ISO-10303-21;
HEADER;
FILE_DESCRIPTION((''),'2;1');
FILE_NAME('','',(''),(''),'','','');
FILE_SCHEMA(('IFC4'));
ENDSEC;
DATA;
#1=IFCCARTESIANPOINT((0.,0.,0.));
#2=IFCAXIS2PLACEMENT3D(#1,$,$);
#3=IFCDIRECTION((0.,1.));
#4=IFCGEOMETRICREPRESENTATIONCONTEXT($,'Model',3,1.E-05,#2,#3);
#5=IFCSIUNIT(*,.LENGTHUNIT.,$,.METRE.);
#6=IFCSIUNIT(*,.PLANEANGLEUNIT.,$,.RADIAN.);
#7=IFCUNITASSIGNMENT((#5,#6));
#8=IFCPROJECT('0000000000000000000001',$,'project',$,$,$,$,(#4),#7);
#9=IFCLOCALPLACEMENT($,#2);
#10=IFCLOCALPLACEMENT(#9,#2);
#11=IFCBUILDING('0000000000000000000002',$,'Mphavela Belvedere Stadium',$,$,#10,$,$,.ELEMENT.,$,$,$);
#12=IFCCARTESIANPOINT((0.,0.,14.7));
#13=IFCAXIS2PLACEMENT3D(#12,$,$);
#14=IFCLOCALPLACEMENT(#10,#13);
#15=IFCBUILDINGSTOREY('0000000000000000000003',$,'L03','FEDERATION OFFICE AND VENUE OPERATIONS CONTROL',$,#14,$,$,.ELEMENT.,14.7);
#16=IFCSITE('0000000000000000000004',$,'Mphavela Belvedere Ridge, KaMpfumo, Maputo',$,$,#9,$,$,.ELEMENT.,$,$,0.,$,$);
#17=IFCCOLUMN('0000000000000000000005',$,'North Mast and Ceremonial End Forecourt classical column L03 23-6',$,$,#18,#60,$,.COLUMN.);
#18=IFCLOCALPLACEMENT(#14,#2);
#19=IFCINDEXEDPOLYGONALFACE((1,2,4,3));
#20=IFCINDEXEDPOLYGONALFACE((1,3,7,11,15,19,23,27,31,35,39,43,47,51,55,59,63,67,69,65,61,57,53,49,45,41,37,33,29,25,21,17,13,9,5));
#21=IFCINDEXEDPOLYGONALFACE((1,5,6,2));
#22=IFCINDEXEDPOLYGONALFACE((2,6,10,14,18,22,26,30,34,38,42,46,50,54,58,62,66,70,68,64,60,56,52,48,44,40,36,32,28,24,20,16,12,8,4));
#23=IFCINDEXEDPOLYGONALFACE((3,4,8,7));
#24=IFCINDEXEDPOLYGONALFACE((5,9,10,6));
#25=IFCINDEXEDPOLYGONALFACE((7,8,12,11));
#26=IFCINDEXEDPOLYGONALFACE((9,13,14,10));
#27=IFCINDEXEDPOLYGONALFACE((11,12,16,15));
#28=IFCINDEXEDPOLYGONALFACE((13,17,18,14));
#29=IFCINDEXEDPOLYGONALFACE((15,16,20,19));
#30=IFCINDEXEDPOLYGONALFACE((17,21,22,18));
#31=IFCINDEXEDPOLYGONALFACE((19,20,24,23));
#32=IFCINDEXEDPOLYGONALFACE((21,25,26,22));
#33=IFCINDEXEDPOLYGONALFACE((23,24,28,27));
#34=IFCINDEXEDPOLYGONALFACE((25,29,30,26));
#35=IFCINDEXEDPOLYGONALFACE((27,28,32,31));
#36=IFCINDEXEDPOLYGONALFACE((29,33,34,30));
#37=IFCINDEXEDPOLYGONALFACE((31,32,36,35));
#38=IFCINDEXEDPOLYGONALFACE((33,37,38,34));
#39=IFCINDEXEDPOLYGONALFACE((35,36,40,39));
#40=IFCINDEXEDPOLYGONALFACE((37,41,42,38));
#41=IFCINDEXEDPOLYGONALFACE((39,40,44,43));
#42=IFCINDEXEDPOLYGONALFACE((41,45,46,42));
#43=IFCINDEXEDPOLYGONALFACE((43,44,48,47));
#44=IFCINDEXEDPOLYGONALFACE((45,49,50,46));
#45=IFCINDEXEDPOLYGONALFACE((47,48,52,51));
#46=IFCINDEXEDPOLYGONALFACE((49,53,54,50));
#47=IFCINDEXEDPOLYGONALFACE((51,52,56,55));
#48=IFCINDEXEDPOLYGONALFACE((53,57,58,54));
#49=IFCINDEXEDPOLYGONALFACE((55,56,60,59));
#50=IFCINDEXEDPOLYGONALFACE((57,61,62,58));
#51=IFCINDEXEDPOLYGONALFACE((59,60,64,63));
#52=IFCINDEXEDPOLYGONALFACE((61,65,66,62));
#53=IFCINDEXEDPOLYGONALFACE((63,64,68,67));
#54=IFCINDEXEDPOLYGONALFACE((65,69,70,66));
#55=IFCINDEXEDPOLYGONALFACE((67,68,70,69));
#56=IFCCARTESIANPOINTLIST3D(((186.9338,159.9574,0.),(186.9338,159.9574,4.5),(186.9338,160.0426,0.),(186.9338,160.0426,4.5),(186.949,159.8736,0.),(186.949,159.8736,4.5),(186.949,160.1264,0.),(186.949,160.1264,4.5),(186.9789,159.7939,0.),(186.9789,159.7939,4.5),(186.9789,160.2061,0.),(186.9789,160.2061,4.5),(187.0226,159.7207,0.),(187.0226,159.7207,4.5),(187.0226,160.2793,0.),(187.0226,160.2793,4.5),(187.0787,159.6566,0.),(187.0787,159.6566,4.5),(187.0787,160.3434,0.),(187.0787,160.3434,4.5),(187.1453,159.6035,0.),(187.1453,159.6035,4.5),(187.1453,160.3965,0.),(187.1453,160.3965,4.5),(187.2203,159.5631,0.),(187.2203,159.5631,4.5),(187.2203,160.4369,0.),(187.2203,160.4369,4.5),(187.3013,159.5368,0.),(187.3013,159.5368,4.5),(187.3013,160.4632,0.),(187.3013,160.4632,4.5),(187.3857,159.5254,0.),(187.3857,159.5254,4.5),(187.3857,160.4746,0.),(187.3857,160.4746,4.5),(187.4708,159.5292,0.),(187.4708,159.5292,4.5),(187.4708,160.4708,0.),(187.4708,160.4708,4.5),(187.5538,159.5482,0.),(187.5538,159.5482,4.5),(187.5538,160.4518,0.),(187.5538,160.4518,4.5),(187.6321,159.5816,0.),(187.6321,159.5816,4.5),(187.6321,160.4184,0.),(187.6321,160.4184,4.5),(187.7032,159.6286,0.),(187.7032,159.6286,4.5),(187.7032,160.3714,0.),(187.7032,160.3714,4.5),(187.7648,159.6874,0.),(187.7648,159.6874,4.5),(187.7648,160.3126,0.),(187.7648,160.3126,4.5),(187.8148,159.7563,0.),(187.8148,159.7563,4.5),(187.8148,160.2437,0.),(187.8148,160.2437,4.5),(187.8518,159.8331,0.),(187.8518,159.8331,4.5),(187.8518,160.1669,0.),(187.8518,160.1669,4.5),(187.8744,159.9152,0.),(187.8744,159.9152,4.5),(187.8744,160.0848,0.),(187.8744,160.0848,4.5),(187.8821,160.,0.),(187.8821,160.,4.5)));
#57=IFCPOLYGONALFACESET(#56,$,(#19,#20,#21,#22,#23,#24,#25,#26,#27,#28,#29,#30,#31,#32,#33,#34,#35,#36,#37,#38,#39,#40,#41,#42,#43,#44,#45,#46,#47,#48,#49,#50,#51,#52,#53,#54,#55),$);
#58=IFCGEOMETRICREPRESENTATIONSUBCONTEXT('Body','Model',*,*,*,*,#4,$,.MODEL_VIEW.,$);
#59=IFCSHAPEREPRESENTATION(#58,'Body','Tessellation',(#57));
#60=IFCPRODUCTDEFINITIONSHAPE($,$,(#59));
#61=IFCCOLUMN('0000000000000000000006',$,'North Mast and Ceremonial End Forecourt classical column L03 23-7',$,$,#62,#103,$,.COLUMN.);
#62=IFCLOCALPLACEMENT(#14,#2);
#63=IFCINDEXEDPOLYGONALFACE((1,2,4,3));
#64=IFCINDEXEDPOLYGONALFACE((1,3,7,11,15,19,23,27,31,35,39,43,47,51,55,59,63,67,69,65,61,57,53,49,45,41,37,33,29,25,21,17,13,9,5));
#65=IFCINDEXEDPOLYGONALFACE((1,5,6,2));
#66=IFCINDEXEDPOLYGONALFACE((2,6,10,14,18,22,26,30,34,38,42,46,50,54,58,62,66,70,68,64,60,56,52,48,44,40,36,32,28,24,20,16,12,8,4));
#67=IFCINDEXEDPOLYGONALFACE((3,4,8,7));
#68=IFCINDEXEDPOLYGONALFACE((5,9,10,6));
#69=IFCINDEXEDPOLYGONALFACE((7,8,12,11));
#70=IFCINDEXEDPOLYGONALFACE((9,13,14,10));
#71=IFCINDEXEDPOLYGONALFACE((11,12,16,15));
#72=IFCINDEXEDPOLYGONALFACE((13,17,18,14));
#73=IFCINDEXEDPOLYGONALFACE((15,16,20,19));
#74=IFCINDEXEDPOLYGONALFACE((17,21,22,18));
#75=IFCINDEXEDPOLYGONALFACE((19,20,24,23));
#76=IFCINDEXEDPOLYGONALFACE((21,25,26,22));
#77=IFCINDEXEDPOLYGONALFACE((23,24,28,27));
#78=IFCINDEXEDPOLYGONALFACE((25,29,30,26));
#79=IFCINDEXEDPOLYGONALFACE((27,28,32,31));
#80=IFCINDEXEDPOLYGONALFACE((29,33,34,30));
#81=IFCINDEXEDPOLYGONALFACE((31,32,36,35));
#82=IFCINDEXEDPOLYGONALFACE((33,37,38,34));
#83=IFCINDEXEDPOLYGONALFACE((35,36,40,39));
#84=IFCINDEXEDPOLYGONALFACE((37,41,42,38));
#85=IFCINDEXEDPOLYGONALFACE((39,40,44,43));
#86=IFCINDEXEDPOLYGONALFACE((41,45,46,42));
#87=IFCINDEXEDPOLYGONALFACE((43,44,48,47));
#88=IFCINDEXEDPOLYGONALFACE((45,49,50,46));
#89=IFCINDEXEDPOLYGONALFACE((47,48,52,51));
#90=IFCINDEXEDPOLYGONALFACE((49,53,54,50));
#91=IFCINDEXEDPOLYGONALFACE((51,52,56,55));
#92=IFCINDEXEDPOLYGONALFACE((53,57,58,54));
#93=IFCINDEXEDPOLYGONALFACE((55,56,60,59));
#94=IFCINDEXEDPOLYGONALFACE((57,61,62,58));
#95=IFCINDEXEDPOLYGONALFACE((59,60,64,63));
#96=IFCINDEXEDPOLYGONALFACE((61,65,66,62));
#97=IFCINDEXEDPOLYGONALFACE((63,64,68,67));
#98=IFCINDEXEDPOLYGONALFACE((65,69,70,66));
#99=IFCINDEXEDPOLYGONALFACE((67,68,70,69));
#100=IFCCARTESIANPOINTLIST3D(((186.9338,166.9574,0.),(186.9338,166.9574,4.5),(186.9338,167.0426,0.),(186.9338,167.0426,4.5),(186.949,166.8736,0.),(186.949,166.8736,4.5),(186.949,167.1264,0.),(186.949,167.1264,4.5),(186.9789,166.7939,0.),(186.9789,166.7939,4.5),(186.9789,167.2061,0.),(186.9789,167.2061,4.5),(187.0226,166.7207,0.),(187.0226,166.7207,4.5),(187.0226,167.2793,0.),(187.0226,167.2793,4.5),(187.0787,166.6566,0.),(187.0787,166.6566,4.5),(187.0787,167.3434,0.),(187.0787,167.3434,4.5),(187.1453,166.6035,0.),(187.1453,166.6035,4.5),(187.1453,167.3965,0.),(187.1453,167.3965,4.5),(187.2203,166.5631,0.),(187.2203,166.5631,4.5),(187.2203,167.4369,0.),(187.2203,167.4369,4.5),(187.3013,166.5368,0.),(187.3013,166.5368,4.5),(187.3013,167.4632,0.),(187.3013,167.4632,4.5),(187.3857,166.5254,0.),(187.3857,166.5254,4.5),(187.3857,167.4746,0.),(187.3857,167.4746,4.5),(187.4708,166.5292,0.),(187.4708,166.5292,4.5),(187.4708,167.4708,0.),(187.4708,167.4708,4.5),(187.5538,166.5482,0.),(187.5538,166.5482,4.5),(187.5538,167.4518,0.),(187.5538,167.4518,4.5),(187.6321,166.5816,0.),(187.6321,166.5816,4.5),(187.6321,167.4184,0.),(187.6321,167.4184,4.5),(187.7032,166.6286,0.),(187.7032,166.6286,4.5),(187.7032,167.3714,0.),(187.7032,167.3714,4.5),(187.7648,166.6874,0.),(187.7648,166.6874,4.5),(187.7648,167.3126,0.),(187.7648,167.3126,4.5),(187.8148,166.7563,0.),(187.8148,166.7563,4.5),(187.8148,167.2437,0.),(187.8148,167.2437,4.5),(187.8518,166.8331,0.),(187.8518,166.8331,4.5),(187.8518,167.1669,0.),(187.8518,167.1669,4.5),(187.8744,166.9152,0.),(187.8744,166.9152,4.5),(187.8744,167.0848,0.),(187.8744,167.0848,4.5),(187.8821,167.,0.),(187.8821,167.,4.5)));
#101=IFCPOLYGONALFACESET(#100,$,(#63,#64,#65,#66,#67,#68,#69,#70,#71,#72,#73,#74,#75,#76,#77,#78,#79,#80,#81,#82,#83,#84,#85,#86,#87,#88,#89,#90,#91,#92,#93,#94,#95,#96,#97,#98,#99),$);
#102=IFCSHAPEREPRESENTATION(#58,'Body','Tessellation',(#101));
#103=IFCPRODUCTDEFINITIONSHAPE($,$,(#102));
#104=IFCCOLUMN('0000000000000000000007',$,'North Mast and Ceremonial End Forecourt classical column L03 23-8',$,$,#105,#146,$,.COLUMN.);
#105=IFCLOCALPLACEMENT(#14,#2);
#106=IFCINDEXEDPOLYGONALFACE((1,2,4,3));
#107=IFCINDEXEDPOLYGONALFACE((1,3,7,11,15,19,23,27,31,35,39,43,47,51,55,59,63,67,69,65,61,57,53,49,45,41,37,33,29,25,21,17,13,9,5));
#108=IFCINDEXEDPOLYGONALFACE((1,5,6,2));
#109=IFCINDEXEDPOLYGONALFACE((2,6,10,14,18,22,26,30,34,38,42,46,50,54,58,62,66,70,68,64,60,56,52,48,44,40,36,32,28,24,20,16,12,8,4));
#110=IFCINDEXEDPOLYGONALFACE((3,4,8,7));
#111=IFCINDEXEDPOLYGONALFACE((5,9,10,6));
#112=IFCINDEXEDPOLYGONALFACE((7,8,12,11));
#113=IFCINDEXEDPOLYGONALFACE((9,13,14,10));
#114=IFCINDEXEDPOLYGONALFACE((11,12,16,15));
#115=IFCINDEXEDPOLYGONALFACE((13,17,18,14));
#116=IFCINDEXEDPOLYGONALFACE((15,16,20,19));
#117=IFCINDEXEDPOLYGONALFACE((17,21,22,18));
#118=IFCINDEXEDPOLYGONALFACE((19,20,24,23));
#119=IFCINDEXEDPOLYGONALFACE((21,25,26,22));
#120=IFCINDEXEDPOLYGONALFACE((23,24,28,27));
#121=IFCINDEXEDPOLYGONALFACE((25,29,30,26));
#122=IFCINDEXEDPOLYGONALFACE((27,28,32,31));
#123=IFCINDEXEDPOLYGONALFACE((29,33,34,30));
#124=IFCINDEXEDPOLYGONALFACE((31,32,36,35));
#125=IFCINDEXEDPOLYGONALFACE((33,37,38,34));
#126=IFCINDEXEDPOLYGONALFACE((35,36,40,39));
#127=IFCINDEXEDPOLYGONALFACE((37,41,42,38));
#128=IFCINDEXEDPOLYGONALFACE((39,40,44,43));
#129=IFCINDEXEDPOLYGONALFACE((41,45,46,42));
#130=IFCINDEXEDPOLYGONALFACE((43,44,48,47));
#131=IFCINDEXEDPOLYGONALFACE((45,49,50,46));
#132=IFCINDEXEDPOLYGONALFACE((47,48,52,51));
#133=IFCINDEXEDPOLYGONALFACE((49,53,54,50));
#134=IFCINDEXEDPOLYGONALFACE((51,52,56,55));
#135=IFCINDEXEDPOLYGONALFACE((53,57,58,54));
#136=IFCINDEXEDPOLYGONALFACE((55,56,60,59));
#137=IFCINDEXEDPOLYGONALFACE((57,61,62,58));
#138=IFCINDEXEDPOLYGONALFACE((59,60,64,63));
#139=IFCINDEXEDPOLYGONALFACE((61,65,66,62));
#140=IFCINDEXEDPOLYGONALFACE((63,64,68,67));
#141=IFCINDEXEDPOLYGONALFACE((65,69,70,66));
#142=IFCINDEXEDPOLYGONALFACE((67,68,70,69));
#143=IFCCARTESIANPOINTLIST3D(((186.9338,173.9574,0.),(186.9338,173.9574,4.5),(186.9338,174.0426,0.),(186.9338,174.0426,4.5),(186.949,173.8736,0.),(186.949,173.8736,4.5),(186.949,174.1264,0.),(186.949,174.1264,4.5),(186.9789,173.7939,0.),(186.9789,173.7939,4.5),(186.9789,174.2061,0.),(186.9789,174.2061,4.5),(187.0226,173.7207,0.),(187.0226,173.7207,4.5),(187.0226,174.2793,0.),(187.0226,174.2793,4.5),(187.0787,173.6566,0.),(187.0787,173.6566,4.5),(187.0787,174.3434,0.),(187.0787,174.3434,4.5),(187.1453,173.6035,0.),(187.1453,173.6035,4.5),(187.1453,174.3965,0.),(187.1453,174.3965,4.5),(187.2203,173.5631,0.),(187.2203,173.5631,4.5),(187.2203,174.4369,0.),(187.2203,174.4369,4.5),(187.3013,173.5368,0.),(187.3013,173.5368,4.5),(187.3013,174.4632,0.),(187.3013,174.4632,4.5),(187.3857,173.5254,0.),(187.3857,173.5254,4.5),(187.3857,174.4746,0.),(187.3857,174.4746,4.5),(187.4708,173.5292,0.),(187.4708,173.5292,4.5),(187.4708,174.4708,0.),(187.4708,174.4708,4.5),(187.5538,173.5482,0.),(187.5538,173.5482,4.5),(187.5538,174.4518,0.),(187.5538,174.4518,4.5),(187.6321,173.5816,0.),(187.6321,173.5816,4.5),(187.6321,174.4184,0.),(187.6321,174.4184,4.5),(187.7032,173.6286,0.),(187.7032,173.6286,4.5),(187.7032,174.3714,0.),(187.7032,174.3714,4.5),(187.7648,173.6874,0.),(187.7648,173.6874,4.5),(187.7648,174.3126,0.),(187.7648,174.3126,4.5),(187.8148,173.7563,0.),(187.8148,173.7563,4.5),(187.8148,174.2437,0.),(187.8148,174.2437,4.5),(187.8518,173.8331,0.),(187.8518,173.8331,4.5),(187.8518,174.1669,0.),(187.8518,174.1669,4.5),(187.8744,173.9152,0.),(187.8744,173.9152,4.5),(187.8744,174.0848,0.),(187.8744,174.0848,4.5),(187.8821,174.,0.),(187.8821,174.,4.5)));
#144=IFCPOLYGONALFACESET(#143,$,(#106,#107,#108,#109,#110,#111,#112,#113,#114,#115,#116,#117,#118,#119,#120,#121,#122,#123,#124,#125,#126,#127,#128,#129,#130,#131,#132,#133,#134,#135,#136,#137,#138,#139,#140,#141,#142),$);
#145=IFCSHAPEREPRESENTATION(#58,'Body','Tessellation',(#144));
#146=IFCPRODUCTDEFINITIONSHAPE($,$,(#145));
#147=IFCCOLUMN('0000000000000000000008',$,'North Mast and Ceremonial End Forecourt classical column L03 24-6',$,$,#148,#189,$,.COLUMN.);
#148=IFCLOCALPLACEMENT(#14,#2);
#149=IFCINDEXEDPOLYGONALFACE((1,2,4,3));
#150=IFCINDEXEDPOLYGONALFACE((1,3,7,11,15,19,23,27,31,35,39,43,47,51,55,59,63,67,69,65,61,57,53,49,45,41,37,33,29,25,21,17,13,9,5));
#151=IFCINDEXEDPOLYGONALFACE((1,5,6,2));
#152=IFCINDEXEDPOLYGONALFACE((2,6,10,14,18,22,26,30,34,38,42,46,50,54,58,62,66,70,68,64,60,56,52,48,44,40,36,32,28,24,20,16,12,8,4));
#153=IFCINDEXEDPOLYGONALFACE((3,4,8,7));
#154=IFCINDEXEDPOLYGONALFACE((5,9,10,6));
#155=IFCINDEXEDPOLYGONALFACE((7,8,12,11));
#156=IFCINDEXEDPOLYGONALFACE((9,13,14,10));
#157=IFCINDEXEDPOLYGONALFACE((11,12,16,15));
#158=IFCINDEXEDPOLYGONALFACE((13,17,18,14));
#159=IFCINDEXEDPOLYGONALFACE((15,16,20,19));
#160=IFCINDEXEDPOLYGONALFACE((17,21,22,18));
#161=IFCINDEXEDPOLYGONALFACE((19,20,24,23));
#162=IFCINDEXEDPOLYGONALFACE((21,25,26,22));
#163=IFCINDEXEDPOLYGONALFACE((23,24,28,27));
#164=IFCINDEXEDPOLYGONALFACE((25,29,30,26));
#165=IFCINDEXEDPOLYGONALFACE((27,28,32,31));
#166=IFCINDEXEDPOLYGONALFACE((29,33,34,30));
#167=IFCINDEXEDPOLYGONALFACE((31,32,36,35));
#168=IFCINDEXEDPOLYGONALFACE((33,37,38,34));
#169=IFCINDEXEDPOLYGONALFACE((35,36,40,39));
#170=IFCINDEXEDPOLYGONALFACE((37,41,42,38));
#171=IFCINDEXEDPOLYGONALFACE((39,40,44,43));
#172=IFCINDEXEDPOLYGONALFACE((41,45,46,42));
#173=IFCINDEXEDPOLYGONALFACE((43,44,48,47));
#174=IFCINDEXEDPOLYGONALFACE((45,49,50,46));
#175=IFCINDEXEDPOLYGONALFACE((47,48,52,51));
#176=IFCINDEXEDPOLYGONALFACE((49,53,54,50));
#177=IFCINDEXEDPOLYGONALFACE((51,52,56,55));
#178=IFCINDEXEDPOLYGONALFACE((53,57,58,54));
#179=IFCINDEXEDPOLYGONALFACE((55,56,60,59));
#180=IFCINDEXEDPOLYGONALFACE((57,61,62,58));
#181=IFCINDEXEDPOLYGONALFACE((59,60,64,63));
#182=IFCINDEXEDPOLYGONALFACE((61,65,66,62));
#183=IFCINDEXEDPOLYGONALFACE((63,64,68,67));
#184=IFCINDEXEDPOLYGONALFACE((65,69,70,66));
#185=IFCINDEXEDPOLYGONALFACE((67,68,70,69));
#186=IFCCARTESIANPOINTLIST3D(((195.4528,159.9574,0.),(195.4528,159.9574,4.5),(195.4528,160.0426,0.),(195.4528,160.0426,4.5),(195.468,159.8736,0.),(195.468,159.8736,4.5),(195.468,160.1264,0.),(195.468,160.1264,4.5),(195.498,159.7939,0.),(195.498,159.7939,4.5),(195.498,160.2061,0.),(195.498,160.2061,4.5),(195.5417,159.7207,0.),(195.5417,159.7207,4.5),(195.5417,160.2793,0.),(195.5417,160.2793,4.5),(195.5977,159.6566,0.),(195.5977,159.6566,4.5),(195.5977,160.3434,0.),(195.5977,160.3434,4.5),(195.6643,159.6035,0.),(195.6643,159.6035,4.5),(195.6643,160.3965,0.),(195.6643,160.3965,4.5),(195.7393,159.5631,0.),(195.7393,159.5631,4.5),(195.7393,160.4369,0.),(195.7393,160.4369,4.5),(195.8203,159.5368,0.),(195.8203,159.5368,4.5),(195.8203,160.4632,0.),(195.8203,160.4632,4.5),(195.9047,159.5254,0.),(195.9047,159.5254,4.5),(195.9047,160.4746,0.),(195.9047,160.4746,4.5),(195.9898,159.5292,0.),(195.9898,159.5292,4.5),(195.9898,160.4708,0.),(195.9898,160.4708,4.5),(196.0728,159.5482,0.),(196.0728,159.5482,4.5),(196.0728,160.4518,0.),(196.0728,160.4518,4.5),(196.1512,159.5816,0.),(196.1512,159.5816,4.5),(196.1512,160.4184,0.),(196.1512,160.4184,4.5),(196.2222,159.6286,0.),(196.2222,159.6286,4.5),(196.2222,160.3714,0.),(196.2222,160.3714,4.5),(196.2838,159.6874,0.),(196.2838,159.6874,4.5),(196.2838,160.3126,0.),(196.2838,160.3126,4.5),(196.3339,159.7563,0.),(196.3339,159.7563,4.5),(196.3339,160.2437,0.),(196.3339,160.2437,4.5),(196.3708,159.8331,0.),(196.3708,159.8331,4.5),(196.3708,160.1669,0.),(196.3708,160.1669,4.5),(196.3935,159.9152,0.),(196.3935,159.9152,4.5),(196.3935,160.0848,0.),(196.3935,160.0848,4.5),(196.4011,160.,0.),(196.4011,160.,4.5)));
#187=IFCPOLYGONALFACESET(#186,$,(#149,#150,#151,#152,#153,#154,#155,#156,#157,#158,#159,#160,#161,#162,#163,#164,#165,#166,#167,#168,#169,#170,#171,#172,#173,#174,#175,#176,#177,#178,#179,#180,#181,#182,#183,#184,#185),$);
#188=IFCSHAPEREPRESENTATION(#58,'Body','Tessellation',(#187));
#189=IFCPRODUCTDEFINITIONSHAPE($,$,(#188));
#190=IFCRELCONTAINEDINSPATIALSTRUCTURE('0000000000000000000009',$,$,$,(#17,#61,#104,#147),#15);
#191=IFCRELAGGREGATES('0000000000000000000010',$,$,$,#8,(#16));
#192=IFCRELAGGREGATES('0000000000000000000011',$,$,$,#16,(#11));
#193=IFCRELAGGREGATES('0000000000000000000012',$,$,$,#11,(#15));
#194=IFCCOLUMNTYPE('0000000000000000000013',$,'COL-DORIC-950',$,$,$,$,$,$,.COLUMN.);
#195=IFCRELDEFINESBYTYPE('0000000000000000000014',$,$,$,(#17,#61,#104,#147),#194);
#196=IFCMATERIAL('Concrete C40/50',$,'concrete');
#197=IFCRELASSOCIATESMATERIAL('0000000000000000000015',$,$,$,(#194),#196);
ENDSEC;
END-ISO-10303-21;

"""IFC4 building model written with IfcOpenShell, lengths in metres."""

from ifc_helpers import new_model, si_unit, direction, frame, origin, origin_2d, place, context, subcontext, project, spatial, circle, extrude, material, material_profile, profile_set, type_object, element, save


model = new_model("IFC4")

# Units and contexts
model_context = context("Model", 3, precision=1e-05, world=origin(), true_north=direction((0.0, 1.0)))
body_context = subcontext(model_context, "Body", "Model", "MODEL_VIEW")
ifc_project = project(units=[si_unit("LENGTHUNIT", "METRE"), si_unit("PLANEANGLEUNIT", "RADIAN")], contexts=[model_context])

# Site, building, storey
site_placement = place(None, origin())
site = spatial("IfcSite", under=ifc_project, at=site_placement, Name="Mphavela Belvedere Ridge, KaMpfumo, Maputo", CompositionType="ELEMENT", RefElevation=0.0)
building_placement = place(site_placement, origin())
building = spatial("IfcBuilding", under=site, at=building_placement, Name="Mphavela Belvedere Stadium", CompositionType="ELEMENT")
storey_placement = place(building_placement, frame((0.0, 0.0, 14.7)))
storey = spatial("IfcBuildingStorey", under=building, at=storey_placement, Name="L03", Description="FEDERATION OFFICE AND VENUE OPERATIONS CONTROL", CompositionType="ELEMENT", Elevation=14.7)

# Columns
ifc_material_1 = material(Name="Concrete C40/50", Category="concrete")
ifc_material_profile_1 = material_profile(ifc_material_1, circle(Radius=0.4751, at=origin_2d()), Name="COL D950")
ifc_profile_set_1 = profile_set([ifc_material_profile_1], Name="Concrete C40/50")
column_type = type_object("IfcColumnType", Name="COL-DORIC-950", PredefinedType="COLUMN", material=ifc_profile_set_1)
for number, where, z_axis, x_axis, name in (
    (1, (187.407, 160.0, 0.0), (0.0, 0.0, 1.0), (1.0, 0.0, 0.0), "North Mast and Ceremonial End Forecourt classical column L03 23-6"),
    (2, (187.407, 167.0, 0.0), (0.0, 0.0, 1.0), (1.0, 0.0, 0.0), "North Mast and Ceremonial End Forecourt classical column L03 23-7"),
    (3, (187.407, 174.0, 0.0), (0.0, 0.0, 1.0), (1.0, 0.0, 0.0), "North Mast and Ceremonial End Forecourt classical column L03 23-8"),
    (4, (195.926, 160.0, 0.0), (0.0, 0.0, 1.0), (1.0, 0.0, 0.0), "North Mast and Ceremonial End Forecourt classical column L03 24-6"),
):
    element("IfcColumn", number, at=place(storey_placement, frame(where, z_axis=z_axis, x_axis=x_axis)), inside=storey, type_object=column_type, Name=name, PredefinedType="COLUMN", context=body_context, shape_type="SweptSolid", body=[
        extrude(circle(Radius=0.4751, at=origin_2d()), origin(), (0.0, 0.0, 1.0), 4.5),
    ])

save(model, "model.ifc")
